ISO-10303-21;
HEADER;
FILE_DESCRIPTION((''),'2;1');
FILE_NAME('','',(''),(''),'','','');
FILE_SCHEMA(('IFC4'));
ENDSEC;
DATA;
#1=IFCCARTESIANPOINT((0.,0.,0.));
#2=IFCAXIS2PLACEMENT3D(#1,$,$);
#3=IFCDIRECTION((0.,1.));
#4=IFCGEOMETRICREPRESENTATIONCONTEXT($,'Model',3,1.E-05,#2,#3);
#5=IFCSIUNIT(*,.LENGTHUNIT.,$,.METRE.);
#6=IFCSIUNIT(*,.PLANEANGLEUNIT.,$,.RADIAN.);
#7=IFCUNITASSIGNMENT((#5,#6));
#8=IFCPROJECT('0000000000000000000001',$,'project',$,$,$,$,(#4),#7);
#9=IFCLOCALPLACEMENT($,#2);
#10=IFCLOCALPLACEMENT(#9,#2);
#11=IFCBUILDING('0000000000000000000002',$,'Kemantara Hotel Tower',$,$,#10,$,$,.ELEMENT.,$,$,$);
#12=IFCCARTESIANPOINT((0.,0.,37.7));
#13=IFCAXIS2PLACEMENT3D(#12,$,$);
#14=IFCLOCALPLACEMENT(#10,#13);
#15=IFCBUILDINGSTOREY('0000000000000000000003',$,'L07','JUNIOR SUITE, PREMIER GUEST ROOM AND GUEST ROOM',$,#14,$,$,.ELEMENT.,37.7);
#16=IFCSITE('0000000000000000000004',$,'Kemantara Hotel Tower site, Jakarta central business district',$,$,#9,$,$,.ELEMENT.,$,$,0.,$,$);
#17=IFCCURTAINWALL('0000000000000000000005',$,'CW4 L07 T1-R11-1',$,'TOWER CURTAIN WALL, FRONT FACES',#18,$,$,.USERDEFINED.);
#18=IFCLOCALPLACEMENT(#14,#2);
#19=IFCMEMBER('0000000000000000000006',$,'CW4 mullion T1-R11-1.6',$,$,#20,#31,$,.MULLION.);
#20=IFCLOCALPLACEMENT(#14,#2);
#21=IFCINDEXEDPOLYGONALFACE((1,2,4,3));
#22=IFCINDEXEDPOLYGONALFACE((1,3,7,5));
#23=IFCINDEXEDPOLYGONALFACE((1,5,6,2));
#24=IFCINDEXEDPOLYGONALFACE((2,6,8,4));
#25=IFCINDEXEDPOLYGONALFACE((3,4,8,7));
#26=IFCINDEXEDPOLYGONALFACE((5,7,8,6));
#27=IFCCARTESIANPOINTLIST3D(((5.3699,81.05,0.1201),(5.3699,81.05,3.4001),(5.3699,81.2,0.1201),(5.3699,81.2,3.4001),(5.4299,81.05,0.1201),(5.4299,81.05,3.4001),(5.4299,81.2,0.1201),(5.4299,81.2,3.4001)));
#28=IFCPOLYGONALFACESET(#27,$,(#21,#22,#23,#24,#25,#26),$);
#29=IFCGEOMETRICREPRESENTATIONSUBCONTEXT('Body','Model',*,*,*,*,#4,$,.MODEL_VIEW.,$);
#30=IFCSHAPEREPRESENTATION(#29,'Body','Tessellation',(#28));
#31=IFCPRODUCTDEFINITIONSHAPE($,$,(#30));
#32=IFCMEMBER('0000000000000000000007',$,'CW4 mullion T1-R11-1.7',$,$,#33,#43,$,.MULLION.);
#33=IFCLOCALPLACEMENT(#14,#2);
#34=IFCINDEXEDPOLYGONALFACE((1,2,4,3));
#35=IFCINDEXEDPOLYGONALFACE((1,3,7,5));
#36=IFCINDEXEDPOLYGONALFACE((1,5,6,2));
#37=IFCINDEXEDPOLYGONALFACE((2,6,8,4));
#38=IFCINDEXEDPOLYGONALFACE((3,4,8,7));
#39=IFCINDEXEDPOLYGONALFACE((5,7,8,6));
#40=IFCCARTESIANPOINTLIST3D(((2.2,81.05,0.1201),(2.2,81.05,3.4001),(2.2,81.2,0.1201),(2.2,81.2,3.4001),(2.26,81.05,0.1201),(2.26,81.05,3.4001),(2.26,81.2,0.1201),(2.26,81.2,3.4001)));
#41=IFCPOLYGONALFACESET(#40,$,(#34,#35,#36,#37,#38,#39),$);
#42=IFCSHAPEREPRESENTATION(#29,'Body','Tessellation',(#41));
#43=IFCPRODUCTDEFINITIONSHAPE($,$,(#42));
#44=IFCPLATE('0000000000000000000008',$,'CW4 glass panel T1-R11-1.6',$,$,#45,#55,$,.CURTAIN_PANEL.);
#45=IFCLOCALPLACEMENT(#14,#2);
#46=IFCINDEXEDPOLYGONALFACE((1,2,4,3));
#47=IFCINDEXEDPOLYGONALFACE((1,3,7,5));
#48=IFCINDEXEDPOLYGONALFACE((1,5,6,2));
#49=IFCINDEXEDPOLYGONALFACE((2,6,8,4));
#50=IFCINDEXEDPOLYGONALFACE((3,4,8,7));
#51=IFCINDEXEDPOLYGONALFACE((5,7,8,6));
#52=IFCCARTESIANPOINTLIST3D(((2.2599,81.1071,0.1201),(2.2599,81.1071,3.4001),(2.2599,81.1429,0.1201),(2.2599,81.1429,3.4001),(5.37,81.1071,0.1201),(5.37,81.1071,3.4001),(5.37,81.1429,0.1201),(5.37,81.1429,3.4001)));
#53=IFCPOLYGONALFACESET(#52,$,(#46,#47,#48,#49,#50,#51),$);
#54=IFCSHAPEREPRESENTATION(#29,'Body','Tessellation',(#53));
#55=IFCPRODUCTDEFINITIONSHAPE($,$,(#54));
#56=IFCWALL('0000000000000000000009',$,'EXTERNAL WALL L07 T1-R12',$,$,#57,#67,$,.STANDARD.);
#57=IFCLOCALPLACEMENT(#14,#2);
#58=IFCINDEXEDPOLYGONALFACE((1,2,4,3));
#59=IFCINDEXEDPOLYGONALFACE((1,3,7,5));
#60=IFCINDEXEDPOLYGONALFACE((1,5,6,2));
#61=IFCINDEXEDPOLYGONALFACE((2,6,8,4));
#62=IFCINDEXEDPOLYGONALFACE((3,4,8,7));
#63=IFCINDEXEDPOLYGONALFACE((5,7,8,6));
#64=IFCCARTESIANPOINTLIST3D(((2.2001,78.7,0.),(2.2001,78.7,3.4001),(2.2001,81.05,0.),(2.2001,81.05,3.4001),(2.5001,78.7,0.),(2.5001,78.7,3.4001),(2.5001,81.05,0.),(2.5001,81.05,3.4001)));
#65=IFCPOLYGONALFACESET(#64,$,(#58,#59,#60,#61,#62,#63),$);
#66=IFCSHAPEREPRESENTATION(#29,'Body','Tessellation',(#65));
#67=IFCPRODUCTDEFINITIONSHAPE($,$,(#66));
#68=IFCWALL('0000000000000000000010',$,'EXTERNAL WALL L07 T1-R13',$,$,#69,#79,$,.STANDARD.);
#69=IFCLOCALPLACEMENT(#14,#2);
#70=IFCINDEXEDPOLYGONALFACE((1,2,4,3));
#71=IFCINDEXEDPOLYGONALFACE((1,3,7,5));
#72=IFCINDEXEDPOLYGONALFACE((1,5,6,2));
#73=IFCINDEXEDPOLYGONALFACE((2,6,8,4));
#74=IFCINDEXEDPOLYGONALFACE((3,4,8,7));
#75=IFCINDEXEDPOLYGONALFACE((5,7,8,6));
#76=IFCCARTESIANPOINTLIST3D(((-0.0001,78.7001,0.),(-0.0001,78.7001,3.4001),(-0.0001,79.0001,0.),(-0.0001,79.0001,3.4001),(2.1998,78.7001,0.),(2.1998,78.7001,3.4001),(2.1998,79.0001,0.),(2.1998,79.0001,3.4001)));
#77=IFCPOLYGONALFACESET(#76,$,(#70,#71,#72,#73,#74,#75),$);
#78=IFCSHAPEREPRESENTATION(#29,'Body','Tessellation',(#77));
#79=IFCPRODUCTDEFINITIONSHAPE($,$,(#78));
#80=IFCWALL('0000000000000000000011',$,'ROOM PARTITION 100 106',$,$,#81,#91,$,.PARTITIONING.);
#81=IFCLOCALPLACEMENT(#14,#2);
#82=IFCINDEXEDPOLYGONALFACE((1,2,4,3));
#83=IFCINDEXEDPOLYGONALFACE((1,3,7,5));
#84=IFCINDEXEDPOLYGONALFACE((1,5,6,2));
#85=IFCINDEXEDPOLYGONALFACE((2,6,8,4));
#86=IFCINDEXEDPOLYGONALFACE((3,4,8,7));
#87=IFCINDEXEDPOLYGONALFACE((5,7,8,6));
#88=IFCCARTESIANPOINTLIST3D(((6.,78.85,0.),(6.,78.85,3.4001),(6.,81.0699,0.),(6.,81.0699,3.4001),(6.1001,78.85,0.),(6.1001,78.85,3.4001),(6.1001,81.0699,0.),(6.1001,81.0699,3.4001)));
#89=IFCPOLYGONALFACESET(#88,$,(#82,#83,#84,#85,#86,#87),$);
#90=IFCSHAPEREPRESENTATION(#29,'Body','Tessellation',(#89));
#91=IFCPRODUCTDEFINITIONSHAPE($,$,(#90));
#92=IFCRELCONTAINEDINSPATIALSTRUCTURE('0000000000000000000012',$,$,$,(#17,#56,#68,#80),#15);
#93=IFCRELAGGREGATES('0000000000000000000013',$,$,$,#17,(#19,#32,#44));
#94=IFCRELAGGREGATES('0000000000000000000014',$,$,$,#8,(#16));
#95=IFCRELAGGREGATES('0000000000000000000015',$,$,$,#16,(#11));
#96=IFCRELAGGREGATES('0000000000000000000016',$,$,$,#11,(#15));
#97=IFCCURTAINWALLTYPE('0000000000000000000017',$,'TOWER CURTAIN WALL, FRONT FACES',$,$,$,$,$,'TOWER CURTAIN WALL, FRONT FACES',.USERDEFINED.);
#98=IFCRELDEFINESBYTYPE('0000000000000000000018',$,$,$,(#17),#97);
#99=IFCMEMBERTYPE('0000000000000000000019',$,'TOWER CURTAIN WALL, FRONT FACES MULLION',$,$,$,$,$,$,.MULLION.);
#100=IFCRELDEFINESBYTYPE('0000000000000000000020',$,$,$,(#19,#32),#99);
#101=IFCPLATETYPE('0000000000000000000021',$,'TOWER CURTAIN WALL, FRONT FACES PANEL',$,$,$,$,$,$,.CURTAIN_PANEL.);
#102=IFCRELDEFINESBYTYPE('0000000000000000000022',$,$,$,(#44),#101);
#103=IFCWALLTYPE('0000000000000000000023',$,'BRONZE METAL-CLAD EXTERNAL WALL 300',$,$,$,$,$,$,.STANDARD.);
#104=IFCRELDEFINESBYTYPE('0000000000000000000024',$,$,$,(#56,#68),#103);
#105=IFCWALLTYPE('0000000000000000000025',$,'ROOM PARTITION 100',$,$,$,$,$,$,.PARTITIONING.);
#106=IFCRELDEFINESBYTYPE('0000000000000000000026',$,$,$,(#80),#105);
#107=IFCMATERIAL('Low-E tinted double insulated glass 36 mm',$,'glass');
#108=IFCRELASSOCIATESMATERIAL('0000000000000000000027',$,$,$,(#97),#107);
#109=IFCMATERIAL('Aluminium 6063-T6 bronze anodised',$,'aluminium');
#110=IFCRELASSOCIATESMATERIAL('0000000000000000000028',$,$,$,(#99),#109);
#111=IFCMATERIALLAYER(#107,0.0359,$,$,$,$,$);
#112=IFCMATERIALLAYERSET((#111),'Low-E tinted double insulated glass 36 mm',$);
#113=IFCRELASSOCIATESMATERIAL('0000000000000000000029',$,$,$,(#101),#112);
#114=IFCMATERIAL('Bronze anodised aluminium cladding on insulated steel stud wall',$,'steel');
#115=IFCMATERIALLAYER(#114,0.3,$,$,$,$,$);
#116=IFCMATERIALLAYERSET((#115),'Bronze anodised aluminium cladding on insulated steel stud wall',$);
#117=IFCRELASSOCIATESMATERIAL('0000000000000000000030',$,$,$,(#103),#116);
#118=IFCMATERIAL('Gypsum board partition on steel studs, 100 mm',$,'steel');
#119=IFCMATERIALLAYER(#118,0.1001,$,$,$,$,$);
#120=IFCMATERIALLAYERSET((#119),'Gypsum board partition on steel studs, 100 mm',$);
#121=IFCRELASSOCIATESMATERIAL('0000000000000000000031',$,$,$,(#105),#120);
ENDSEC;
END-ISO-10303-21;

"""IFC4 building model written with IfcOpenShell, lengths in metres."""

from ifc_helpers import new_model, si_unit, direction, frame, frame_2d, origin, origin_2d, place, context, subcontext, project, spatial, rectangle, extrude, source, transform, mapped, material, layer, layer_set, material_profile, profile_set, type_object, element, aggregate, save


model = new_model("IFC4")

# Units and contexts
model_context = context("Model", 3, precision=1e-05, world=origin(), true_north=direction((0.0, 1.0)))
body_context = subcontext(model_context, "Body", "Model", "MODEL_VIEW")
ifc_project = project(units=[si_unit("LENGTHUNIT", "METRE"), si_unit("PLANEANGLEUNIT", "RADIAN")], contexts=[model_context])

# Site, building, storey
site_placement = place(None, origin())
site = spatial("IfcSite", under=ifc_project, at=site_placement, Name="Kemantara Hotel Tower site, Jakarta central business district", CompositionType="ELEMENT", RefElevation=0.0)
building_placement = place(site_placement, origin())
building = spatial("IfcBuilding", under=site, at=building_placement, Name="Kemantara Hotel Tower", CompositionType="ELEMENT")
storey_placement = place(building_placement, frame((0.0, 0.0, 37.7)))
storey = spatial("IfcBuildingStorey", under=building, at=storey_placement, Name="L07", Description="JUNIOR SUITE, PREMIER GUEST ROOM AND GUEST ROOM", CompositionType="ELEMENT", Elevation=37.7)

# Curtain wall, members, plate
ifc_material_1 = material(Name="Low-E tinted double insulated glass 36 mm", Category="glass")
curtain_wall_type = type_object("IfcCurtainWallType", Name="TOWER CURTAIN WALL, FRONT FACES", ElementType="TOWER CURTAIN WALL, FRONT FACES", PredefinedType="USERDEFINED", material=ifc_material_1)
curtain_wall_placement = place(storey_placement, origin())
curtain_wall = element("IfcCurtainWall", 1, at=curtain_wall_placement, inside=storey, type_object=curtain_wall_type, Name="CW4 L07 T1-R11-1", ObjectType="TOWER CURTAIN WALL, FRONT FACES", PredefinedType="USERDEFINED")
ifc_material_2 = material(Name="Aluminium 6063-T6 bronze anodised", Category="aluminium")
ifc_material_profile = material_profile(ifc_material_2, rectangle(XDim=0.1499, YDim=0.0601, at=origin_2d()), Name="TOWER CURTAIN WALL, FRONT FACES MULLION")
ifc_profile_set = profile_set([ifc_material_profile], Name="Aluminium 6063-T6 bronze anodised")
member_type = type_object("IfcMemberType", Name="TOWER CURTAIN WALL, FRONT FACES MULLION", PredefinedType="MULLION", material=ifc_profile_set)
shared_shape_1 = source(origin(), body_context, "Body", "SweptSolid", [
    extrude(rectangle(XDim=0.1499, YDim=0.0601, at=origin_2d()), origin(), (0.0, 0.0, 1.0), 3.28),
])
member_1_placement = place(storey_placement, frame((5.3999, 81.125, 0.1201), z_axis=(0.0, 0.0, 1.0), x_axis=(0.0, -1.0, 0.0)))
member_1 = element("IfcMember", 2, at=member_1_placement, type_object=member_type, Name="CW4 mullion T1-R11-1.6", PredefinedType="MULLION", context=body_context, shape_type="MappedRepresentation", body=[
    mapped(shared_shape_1, transform((0.0, 0.0, 0.0))),
])
member_2_placement = place(storey_placement, frame((2.23, 81.125, 0.1201), z_axis=(0.0, 0.0, 1.0), x_axis=(0.0, -1.0, 0.0)))
member_2 = element("IfcMember", 3, at=member_2_placement, type_object=member_type, Name="CW4 mullion T1-R11-1.7", PredefinedType="MULLION", context=body_context, shape_type="MappedRepresentation", body=[
    mapped(shared_shape_1, transform((0.0, 0.0, 0.0))),
])
ifc_layer_1 = layer(ifc_material_1, 0.0359)
ifc_layer_set_1 = layer_set([ifc_layer_1], Name="Low-E tinted double insulated glass 36 mm")
plate_type = type_object("IfcPlateType", Name="TOWER CURTAIN WALL, FRONT FACES PANEL", PredefinedType="CURTAIN_PANEL", material=ifc_layer_set_1)
shared_shape_2 = source(origin(), body_context, "Body", "SweptSolid", [
    extrude(rectangle(XDim=3.1101, YDim=0.0359, at=origin_2d()), origin(), (0.0, 0.0, 1.0), 3.28),
])
plate_placement = place(storey_placement, frame((3.8149, 81.125, 0.1201), z_axis=(0.0, 0.0, 1.0), x_axis=(-1.0, 0.0, 0.0)))
plate = element("IfcPlate", 4, at=plate_placement, type_object=plate_type, Name="CW4 glass panel T1-R11-1.6", PredefinedType="CURTAIN_PANEL", context=body_context, shape_type="MappedRepresentation", body=[
    mapped(shared_shape_2, transform((0.0, 0.0, 0.0))),
])
aggregate(curtain_wall, [member_1, member_2, plate])

# Walls
ifc_material_3 = material(Name="Bronze anodised aluminium cladding on insulated steel stud wall", Category="steel")
ifc_layer_2 = layer(ifc_material_3, 0.3)
ifc_layer_set_2 = layer_set([ifc_layer_2], Name="Bronze anodised aluminium cladding on insulated steel stud wall")
wall_type_1 = type_object("IfcWallType", Name="BRONZE METAL-CLAD EXTERNAL WALL 300", PredefinedType="STANDARD", material=ifc_layer_set_2)
wall_1_placement = place(storey_placement, frame((2.3501, 81.05, 0.0), z_axis=(0.0, 0.0, 1.0), x_axis=(0.0, -1.0, 0.0)))
element("IfcWall", 5, at=wall_1_placement, inside=storey, type_object=wall_type_1, Name="EXTERNAL WALL L07 T1-R12", PredefinedType="STANDARD", context=body_context, shape_type="SweptSolid", body=[
    extrude(rectangle(XDim=2.3501, YDim=0.3, at=frame_2d((1.175, 0.0))), origin(), (0.0, 0.0, 1.0), 3.4001),
])
wall_2_placement = place(storey_placement, frame((2.2, 78.8501, 0.0), z_axis=(0.0, 0.0, 1.0), x_axis=(-1.0, 0.0, 0.0)))
element("IfcWall", 6, at=wall_2_placement, inside=storey, type_object=wall_type_1, Name="EXTERNAL WALL L07 T1-R13", PredefinedType="STANDARD", context=body_context, shape_type="SweptSolid", body=[
    extrude(rectangle(XDim=2.2, YDim=0.3, at=frame_2d((1.1001, 0.0))), origin(), (0.0, 0.0, 1.0), 3.4001),
])

# Wall
ifc_material_4 = material(Name="Gypsum board partition on steel studs, 100 mm", Category="steel")
ifc_layer_3 = layer(ifc_material_4, 0.1001)
ifc_layer_set_3 = layer_set([ifc_layer_3], Name="Gypsum board partition on steel studs, 100 mm")
wall_type_2 = type_object("IfcWallType", Name="ROOM PARTITION 100", PredefinedType="PARTITIONING", material=ifc_layer_set_3)
wall_3_placement = place(storey_placement, frame((6.05, 78.8501, 0.0), z_axis=(0.0, 0.0, 1.0), x_axis=(0.0, 1.0, 0.0)))
element("IfcWall", 7, at=wall_3_placement, inside=storey, type_object=wall_type_2, Name="ROOM PARTITION 100 106", PredefinedType="PARTITIONING", context=body_context, shape_type="SweptSolid", body=[
    extrude(rectangle(XDim=2.22, YDim=0.1001, at=frame_2d((1.1099, 0.0))), origin(), (0.0, 0.0, 1.0), 3.4001),
])

save(model, "model.ifc")
